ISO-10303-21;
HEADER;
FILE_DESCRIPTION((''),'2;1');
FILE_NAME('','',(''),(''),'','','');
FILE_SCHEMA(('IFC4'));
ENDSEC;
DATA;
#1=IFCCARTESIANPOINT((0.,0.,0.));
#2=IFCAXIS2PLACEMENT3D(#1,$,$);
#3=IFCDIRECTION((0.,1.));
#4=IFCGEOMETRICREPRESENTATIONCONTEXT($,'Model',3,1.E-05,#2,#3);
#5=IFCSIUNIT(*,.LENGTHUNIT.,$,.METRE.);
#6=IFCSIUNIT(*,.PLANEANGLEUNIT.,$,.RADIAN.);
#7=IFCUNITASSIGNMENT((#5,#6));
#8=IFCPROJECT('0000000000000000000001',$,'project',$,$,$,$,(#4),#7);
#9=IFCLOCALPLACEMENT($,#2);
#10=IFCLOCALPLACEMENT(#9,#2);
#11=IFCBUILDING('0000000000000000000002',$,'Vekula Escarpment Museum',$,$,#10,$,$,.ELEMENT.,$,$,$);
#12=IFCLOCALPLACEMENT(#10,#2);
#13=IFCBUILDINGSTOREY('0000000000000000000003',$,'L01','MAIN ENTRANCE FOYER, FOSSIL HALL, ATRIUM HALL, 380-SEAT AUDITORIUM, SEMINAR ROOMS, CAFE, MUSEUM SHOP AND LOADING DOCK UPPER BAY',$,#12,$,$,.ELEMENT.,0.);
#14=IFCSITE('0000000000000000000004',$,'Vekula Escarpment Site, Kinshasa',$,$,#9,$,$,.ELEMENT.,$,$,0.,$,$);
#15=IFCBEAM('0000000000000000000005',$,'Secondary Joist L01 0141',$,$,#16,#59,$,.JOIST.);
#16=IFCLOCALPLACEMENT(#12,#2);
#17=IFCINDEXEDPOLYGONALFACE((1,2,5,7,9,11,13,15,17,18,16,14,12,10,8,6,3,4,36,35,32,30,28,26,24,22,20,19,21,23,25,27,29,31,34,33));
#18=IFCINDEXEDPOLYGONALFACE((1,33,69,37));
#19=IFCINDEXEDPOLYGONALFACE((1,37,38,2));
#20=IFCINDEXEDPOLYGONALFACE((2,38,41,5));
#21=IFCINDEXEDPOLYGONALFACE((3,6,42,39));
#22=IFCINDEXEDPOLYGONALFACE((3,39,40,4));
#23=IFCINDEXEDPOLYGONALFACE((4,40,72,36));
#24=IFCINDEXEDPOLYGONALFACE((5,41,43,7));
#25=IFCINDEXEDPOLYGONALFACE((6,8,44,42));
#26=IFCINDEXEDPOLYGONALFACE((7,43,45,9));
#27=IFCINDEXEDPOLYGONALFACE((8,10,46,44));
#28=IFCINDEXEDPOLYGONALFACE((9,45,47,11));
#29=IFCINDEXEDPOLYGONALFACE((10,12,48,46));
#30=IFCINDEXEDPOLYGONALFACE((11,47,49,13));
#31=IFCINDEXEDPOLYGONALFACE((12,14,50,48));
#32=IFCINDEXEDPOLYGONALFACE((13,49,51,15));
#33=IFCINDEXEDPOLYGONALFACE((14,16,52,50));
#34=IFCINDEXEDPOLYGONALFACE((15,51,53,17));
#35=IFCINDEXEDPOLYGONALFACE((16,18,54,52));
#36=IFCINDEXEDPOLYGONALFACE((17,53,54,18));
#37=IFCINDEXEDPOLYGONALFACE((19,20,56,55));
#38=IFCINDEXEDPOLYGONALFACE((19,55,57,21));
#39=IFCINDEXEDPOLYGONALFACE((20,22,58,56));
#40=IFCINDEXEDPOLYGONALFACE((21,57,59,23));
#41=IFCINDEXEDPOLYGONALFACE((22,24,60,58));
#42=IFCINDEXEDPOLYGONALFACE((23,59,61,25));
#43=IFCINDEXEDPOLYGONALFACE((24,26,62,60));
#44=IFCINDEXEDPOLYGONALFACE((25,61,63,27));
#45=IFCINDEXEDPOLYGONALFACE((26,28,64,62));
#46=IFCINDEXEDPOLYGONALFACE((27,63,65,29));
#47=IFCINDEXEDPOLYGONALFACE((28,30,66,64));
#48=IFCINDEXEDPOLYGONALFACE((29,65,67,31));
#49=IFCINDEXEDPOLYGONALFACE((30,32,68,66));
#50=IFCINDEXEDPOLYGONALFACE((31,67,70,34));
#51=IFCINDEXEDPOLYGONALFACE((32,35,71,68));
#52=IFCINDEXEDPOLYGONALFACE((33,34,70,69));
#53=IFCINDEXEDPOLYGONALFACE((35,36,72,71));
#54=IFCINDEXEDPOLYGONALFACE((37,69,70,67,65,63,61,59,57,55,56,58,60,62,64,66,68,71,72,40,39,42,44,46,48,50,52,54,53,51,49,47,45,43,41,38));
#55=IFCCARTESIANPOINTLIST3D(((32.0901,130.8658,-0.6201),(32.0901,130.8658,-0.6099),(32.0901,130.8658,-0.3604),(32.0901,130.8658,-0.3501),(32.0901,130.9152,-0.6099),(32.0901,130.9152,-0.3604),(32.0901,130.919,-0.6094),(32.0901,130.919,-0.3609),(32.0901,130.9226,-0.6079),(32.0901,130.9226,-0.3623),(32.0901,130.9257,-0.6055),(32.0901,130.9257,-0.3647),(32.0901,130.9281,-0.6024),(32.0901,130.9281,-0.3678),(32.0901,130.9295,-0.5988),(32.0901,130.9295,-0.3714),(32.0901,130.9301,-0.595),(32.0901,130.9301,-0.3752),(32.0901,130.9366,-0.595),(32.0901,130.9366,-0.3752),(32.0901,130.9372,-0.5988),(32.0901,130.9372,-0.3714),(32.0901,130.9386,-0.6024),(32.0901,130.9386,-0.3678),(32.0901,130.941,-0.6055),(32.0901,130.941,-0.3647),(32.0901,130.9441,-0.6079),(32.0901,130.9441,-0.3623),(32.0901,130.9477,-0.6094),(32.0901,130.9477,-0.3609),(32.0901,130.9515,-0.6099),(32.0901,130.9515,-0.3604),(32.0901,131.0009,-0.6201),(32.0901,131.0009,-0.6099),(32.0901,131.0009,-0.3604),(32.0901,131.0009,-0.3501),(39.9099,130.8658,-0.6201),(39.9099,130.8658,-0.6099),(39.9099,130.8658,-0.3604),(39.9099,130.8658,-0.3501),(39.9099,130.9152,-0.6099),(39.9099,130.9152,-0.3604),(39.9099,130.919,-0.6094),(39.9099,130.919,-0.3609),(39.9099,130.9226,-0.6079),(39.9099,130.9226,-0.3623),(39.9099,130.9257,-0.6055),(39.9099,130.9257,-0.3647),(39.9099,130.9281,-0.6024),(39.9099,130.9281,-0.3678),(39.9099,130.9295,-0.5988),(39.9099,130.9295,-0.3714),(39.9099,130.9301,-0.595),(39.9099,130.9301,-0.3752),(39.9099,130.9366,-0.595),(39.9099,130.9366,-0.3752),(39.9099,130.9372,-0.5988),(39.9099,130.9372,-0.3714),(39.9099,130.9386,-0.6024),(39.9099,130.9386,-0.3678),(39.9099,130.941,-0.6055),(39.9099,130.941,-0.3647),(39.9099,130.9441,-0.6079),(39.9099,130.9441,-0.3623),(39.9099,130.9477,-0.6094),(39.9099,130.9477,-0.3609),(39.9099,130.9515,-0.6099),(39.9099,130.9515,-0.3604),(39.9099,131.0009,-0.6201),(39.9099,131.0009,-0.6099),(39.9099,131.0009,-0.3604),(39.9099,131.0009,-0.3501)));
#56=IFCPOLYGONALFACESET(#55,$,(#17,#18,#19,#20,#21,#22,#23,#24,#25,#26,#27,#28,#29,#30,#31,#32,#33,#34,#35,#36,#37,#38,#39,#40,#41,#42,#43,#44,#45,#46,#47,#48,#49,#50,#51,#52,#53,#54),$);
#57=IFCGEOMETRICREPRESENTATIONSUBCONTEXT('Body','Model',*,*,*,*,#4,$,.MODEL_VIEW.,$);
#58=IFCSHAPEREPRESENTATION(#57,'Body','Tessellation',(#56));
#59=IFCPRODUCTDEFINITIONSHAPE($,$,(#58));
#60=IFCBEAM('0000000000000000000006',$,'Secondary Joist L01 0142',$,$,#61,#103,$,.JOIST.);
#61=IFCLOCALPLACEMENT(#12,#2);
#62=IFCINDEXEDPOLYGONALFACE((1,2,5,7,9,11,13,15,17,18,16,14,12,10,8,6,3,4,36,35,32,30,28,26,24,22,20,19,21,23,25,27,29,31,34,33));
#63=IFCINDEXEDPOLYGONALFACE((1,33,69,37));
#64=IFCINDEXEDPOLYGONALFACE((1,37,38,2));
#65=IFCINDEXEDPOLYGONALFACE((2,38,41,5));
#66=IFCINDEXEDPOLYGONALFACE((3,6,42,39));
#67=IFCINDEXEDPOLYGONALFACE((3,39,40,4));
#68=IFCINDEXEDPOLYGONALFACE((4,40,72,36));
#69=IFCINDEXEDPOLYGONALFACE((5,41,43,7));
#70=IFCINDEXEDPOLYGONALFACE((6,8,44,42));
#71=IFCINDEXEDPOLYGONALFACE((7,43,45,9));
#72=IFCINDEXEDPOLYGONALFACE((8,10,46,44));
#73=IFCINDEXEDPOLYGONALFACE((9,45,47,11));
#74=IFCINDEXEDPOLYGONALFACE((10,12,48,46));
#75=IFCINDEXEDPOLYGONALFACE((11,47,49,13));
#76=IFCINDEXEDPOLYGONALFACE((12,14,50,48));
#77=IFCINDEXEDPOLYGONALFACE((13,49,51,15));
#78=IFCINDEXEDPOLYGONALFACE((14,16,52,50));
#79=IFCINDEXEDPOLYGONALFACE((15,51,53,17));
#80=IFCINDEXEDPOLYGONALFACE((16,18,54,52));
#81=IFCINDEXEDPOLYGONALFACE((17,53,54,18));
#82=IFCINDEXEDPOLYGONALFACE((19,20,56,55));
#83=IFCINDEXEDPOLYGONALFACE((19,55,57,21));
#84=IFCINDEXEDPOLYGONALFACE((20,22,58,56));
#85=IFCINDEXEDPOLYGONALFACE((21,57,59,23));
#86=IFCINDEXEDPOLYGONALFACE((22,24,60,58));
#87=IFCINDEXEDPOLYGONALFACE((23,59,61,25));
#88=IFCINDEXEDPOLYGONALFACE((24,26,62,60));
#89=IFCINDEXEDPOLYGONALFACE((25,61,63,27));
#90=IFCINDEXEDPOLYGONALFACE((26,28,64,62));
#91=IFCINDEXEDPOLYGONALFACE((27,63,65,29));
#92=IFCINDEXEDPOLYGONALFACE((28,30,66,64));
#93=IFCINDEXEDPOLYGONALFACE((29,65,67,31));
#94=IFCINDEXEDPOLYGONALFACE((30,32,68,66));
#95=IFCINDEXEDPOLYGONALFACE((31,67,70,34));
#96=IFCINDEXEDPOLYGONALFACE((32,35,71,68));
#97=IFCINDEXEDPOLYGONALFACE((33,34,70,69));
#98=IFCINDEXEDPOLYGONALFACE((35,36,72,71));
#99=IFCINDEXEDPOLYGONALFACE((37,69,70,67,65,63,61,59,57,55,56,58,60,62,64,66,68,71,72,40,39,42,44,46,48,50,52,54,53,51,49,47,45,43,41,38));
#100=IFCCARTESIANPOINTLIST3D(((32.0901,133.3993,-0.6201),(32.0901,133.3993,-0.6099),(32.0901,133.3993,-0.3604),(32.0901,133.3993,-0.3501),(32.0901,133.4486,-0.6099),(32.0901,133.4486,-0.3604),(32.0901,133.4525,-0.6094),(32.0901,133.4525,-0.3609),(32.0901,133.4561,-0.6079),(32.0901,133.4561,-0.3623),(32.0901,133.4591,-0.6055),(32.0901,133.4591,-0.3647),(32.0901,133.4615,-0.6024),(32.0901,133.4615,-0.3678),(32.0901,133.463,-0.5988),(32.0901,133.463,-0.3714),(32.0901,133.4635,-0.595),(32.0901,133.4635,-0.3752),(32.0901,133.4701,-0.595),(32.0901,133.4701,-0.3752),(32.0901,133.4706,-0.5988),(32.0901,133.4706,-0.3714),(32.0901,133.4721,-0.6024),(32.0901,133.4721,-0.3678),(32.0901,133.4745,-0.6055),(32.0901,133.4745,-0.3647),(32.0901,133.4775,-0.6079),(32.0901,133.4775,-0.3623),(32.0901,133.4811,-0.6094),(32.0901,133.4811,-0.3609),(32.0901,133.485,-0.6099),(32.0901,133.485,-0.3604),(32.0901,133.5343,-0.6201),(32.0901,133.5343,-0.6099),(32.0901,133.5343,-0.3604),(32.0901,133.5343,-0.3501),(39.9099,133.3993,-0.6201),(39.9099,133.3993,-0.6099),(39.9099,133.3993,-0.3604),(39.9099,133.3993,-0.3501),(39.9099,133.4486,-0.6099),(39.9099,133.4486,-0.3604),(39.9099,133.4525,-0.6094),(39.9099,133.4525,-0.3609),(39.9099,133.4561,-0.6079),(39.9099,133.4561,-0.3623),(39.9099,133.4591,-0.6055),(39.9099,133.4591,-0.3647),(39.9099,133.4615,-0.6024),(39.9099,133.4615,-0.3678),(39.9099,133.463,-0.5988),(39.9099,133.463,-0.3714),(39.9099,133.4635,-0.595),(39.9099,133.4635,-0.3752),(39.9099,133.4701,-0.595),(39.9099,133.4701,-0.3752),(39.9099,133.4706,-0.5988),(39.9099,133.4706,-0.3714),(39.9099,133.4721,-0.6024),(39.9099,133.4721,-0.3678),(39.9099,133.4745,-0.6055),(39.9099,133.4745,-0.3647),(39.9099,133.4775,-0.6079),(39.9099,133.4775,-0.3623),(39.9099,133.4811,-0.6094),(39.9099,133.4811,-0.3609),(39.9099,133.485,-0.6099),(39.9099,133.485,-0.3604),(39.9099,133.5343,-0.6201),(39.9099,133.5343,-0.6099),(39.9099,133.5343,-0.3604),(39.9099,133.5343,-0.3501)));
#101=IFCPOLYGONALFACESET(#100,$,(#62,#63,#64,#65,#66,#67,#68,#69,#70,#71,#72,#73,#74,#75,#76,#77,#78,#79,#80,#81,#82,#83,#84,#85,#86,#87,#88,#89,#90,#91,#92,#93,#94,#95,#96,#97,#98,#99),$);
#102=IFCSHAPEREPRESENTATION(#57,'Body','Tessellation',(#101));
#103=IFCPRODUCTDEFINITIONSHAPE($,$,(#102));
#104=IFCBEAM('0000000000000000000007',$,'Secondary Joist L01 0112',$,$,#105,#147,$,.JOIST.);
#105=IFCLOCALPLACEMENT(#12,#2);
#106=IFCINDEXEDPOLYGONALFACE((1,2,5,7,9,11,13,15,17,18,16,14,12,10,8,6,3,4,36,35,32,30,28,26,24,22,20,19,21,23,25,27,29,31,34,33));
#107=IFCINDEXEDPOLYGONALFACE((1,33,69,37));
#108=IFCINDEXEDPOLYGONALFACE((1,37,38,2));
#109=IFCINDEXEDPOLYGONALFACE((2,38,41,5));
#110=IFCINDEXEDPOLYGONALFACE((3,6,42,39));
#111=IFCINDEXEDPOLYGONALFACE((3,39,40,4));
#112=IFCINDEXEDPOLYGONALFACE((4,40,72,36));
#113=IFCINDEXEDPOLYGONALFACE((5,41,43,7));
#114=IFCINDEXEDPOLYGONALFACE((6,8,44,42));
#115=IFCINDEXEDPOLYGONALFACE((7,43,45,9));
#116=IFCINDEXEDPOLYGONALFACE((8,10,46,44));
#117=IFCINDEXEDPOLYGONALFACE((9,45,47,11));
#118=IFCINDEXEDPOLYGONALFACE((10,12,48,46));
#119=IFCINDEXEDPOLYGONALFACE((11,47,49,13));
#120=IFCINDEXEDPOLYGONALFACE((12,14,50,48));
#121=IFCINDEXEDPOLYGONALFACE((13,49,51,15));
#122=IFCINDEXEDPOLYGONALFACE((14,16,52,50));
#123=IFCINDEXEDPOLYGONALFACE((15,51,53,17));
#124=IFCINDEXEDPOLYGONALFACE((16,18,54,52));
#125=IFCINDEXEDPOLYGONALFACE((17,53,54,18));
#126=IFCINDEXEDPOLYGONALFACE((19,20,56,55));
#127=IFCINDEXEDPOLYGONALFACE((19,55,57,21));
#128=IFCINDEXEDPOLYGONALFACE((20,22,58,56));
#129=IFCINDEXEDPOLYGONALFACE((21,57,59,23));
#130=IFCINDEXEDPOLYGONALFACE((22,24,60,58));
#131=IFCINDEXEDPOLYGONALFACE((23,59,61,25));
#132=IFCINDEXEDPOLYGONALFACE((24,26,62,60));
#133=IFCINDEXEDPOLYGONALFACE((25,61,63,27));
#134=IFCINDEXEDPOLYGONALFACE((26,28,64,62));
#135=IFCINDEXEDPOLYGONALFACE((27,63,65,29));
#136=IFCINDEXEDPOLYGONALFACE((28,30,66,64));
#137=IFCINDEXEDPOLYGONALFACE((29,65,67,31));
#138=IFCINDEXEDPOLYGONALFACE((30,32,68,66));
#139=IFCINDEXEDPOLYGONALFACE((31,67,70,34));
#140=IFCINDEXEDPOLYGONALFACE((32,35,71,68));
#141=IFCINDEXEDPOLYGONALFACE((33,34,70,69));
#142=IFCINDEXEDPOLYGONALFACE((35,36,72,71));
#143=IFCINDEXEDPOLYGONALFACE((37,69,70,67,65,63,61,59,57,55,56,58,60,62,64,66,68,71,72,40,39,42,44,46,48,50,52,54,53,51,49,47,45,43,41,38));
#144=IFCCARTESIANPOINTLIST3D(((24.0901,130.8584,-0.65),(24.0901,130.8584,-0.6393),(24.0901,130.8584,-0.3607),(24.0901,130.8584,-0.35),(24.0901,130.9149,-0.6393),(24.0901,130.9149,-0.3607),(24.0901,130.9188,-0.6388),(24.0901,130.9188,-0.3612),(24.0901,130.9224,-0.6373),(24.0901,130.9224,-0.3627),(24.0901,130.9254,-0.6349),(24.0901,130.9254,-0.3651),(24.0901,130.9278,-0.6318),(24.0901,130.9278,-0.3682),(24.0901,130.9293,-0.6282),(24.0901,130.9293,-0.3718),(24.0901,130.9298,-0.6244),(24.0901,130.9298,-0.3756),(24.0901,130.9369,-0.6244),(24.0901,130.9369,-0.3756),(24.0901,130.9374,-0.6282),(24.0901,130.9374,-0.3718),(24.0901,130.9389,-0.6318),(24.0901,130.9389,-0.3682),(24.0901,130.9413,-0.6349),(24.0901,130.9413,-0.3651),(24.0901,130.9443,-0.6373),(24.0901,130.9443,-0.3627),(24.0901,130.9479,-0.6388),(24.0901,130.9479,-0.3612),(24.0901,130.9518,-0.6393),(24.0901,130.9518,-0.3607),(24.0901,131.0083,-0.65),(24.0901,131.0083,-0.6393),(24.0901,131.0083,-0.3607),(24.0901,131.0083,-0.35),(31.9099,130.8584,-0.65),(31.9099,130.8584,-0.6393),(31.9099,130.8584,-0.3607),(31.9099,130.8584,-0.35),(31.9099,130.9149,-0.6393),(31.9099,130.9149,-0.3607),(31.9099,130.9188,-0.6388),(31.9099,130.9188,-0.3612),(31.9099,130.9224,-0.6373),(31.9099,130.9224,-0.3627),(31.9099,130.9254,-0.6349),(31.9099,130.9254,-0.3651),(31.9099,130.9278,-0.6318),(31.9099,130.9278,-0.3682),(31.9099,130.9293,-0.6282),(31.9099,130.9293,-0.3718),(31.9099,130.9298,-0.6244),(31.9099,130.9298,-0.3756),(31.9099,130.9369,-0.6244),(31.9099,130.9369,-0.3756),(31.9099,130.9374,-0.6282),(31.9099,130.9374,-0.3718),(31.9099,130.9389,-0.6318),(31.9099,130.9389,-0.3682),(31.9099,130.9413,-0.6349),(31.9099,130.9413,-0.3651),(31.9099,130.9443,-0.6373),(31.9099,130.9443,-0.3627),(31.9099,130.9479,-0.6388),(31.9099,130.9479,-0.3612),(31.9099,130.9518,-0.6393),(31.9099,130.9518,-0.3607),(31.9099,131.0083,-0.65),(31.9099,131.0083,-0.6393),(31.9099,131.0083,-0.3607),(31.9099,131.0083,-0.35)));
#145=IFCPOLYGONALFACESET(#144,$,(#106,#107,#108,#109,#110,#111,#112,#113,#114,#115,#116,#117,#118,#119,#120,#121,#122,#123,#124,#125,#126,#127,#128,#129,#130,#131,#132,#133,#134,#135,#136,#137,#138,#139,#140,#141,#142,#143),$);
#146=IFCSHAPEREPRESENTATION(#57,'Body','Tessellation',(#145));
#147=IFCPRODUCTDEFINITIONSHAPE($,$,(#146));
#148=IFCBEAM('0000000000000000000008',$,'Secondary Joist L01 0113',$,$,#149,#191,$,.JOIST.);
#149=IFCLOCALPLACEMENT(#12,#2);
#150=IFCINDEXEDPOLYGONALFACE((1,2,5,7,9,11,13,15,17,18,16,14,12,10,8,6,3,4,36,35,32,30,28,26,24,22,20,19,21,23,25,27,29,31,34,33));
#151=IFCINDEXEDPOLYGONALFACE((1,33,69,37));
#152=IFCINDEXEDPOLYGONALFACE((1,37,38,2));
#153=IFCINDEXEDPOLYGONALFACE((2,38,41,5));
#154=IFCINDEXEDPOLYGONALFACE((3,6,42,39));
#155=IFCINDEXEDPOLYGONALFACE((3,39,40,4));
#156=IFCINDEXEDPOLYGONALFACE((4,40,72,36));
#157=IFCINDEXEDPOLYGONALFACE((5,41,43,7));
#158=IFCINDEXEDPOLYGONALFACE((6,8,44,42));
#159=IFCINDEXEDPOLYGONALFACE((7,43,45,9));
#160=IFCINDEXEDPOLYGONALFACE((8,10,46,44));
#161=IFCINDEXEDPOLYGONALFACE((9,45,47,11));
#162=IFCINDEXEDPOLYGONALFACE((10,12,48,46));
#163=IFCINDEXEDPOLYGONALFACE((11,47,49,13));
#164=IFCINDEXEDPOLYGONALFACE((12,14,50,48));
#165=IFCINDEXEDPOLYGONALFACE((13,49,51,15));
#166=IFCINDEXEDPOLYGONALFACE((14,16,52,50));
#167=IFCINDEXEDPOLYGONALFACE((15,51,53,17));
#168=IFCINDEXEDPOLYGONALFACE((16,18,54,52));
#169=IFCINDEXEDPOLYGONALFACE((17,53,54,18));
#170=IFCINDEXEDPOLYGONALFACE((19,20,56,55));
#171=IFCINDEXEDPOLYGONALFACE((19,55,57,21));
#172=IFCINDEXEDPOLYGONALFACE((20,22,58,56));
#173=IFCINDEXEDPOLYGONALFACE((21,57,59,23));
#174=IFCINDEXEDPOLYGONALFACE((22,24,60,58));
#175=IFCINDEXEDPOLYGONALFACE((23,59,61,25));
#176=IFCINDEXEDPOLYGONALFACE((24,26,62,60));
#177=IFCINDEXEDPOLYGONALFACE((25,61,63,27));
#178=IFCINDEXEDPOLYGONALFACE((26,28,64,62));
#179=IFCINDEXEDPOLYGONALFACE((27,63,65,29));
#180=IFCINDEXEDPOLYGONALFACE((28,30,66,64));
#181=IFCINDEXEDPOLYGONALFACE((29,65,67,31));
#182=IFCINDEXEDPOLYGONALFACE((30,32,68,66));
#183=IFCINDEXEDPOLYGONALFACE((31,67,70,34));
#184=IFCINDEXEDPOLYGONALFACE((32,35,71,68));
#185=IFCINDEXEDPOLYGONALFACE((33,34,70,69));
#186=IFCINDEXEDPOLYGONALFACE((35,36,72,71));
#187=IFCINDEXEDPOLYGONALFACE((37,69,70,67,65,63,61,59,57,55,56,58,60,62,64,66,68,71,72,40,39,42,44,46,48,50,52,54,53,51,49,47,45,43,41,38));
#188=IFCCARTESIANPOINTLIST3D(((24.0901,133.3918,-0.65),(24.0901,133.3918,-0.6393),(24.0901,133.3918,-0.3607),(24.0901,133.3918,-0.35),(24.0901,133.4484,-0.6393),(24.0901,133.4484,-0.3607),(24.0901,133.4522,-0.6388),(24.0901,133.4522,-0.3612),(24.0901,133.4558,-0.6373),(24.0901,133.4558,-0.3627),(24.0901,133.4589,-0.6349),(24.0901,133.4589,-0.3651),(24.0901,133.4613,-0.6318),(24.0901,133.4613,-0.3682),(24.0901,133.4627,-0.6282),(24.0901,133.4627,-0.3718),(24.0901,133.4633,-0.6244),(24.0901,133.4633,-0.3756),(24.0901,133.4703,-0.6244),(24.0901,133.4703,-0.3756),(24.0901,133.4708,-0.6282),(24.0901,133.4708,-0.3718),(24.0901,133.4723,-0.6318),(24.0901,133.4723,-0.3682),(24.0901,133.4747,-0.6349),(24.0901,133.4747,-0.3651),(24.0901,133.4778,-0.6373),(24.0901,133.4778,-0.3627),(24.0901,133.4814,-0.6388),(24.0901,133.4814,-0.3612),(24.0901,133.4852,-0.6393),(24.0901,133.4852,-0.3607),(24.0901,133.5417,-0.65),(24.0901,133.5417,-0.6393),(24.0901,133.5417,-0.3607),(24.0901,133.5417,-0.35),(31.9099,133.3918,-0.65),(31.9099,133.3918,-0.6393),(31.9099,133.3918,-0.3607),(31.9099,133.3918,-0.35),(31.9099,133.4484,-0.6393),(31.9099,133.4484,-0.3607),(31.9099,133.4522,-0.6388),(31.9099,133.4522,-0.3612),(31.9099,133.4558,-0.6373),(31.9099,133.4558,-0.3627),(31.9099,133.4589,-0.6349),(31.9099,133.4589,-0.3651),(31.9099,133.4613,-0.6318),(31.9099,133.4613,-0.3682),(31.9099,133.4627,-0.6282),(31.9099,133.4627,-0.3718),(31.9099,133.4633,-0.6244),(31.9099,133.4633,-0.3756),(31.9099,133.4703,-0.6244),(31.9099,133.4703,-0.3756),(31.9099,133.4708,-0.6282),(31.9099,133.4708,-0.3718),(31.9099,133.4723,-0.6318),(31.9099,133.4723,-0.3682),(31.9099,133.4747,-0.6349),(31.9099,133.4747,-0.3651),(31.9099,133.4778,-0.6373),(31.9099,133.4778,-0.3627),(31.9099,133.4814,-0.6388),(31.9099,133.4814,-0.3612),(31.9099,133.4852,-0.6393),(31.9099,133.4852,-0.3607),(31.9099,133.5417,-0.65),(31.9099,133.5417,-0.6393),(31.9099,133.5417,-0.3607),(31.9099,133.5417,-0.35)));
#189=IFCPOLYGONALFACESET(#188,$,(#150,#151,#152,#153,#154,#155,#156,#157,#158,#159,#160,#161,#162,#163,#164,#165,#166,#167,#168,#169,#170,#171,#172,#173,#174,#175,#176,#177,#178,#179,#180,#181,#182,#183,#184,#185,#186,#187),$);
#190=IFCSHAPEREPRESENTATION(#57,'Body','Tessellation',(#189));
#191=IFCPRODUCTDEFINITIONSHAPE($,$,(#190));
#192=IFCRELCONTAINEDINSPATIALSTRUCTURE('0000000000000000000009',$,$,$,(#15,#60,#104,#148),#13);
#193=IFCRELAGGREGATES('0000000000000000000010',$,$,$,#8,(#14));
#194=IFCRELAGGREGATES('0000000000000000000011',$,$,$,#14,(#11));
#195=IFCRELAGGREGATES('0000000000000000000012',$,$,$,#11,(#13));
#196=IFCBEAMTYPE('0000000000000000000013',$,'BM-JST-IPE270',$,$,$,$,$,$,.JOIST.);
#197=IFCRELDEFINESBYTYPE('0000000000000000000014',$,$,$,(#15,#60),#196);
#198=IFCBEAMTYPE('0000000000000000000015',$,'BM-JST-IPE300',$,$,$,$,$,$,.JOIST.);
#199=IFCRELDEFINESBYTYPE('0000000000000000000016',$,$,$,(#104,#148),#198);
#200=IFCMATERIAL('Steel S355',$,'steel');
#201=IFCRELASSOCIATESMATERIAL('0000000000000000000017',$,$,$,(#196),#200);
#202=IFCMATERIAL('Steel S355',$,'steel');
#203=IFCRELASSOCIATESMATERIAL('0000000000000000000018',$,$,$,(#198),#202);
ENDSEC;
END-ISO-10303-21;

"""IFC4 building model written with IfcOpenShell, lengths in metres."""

from ifc_helpers import new_model, si_unit, direction, frame, origin, origin_2d, place, context, subcontext, project, spatial, i_section, extrude, material, material_profile, profile_set, type_object, element, save


model = new_model("IFC4")

# Units and contexts
model_context = context("Model", 3, precision=1e-05, world=origin(), true_north=direction((0.0, 1.0)))
body_context = subcontext(model_context, "Body", "Model", "MODEL_VIEW")
ifc_project = project(units=[si_unit("LENGTHUNIT", "METRE"), si_unit("PLANEANGLEUNIT", "RADIAN")], contexts=[model_context])

# Site, building, storey
site_placement = place(None, origin())
site = spatial("IfcSite", under=ifc_project, at=site_placement, Name="Vekula Escarpment Site, Kinshasa", CompositionType="ELEMENT", RefElevation=0.0)
building_placement = place(site_placement, origin())
building = spatial("IfcBuilding", under=site, at=building_placement, Name="Vekula Escarpment Museum", CompositionType="ELEMENT")
storey_placement = place(building_placement, origin())
storey = spatial("IfcBuildingStorey", under=building, at=storey_placement, Name="L01", Description="MAIN ENTRANCE FOYER, FOSSIL HALL, ATRIUM HALL, 380-SEAT AUDITORIUM, SEMINAR ROOMS, CAFE, MUSEUM SHOP AND LOADING DOCK UPPER BAY", CompositionType="ELEMENT", Elevation=0.0)

# Beams
ifc_material_1 = material(Name="Steel S355", Category="steel")
ifc_material_profile_1 = material_profile(ifc_material_1, i_section(OverallWidth=0.135, OverallDepth=0.27, WebThickness=0.0066, FlangeThickness=0.0103, FilletRadius=0.0149, at=origin_2d()), Name="IPE 270")
ifc_profile_set_1 = profile_set([ifc_material_profile_1], Name="Steel S355")
beam_type_1 = type_object("IfcBeamType", Name="BM-JST-IPE270", PredefinedType="JOIST", material=ifc_profile_set_1)
for number, where, z_axis, x_axis, name in (
    (1, (32.0901, 130.9333, -0.4851), (1.0, 0.0, 0.0), (0.0, 1.0, 0.0), "Secondary Joist L01 0141"),
    (2, (32.0901, 133.4668, -0.4851), (1.0, 0.0, 0.0), (0.0, 1.0, 0.0), "Secondary Joist L01 0142"),
):
    element("IfcBeam", number, at=place(storey_placement, frame(where, z_axis=z_axis, x_axis=x_axis)), inside=storey, type_object=beam_type_1, Name=name, PredefinedType="JOIST", context=body_context, shape_type="SweptSolid", body=[
        extrude(i_section(OverallWidth=0.135, OverallDepth=0.27, WebThickness=0.0066, FlangeThickness=0.0103, FilletRadius=0.0149, at=origin_2d()), origin(), (0.0, 0.0, 1.0), 7.8198),
    ])
ifc_material_2 = material(Name="Steel S355", Category="steel")
ifc_material_profile_2 = material_profile(ifc_material_2, i_section(OverallWidth=0.1499, OverallDepth=0.3, WebThickness=0.0071, FlangeThickness=0.0107, FilletRadius=0.0149, at=origin_2d()), Name="IPE 300")
ifc_profile_set_2 = profile_set([ifc_material_profile_2], Name="Steel S355")
beam_type_2 = type_object("IfcBeamType", Name="BM-JST-IPE300", PredefinedType="JOIST", material=ifc_profile_set_2)
for number, where, z_axis, x_axis, name in (
    (3, (24.0901, 130.9333, -0.5), (1.0, 0.0, 0.0), (0.0, 1.0, 0.0), "Secondary Joist L01 0112"),
    (4, (24.0901, 133.4668, -0.5), (1.0, 0.0, 0.0), (0.0, 1.0, 0.0), "Secondary Joist L01 0113"),
):
    element("IfcBeam", number, at=place(storey_placement, frame(where, z_axis=z_axis, x_axis=x_axis)), inside=storey, type_object=beam_type_2, Name=name, PredefinedType="JOIST", context=body_context, shape_type="SweptSolid", body=[
        extrude(i_section(OverallWidth=0.1499, OverallDepth=0.3, WebThickness=0.0071, FlangeThickness=0.0107, FilletRadius=0.0149, at=origin_2d()), origin(), (0.0, 0.0, 1.0), 7.8198),
    ])

save(model, "model.ifc")
